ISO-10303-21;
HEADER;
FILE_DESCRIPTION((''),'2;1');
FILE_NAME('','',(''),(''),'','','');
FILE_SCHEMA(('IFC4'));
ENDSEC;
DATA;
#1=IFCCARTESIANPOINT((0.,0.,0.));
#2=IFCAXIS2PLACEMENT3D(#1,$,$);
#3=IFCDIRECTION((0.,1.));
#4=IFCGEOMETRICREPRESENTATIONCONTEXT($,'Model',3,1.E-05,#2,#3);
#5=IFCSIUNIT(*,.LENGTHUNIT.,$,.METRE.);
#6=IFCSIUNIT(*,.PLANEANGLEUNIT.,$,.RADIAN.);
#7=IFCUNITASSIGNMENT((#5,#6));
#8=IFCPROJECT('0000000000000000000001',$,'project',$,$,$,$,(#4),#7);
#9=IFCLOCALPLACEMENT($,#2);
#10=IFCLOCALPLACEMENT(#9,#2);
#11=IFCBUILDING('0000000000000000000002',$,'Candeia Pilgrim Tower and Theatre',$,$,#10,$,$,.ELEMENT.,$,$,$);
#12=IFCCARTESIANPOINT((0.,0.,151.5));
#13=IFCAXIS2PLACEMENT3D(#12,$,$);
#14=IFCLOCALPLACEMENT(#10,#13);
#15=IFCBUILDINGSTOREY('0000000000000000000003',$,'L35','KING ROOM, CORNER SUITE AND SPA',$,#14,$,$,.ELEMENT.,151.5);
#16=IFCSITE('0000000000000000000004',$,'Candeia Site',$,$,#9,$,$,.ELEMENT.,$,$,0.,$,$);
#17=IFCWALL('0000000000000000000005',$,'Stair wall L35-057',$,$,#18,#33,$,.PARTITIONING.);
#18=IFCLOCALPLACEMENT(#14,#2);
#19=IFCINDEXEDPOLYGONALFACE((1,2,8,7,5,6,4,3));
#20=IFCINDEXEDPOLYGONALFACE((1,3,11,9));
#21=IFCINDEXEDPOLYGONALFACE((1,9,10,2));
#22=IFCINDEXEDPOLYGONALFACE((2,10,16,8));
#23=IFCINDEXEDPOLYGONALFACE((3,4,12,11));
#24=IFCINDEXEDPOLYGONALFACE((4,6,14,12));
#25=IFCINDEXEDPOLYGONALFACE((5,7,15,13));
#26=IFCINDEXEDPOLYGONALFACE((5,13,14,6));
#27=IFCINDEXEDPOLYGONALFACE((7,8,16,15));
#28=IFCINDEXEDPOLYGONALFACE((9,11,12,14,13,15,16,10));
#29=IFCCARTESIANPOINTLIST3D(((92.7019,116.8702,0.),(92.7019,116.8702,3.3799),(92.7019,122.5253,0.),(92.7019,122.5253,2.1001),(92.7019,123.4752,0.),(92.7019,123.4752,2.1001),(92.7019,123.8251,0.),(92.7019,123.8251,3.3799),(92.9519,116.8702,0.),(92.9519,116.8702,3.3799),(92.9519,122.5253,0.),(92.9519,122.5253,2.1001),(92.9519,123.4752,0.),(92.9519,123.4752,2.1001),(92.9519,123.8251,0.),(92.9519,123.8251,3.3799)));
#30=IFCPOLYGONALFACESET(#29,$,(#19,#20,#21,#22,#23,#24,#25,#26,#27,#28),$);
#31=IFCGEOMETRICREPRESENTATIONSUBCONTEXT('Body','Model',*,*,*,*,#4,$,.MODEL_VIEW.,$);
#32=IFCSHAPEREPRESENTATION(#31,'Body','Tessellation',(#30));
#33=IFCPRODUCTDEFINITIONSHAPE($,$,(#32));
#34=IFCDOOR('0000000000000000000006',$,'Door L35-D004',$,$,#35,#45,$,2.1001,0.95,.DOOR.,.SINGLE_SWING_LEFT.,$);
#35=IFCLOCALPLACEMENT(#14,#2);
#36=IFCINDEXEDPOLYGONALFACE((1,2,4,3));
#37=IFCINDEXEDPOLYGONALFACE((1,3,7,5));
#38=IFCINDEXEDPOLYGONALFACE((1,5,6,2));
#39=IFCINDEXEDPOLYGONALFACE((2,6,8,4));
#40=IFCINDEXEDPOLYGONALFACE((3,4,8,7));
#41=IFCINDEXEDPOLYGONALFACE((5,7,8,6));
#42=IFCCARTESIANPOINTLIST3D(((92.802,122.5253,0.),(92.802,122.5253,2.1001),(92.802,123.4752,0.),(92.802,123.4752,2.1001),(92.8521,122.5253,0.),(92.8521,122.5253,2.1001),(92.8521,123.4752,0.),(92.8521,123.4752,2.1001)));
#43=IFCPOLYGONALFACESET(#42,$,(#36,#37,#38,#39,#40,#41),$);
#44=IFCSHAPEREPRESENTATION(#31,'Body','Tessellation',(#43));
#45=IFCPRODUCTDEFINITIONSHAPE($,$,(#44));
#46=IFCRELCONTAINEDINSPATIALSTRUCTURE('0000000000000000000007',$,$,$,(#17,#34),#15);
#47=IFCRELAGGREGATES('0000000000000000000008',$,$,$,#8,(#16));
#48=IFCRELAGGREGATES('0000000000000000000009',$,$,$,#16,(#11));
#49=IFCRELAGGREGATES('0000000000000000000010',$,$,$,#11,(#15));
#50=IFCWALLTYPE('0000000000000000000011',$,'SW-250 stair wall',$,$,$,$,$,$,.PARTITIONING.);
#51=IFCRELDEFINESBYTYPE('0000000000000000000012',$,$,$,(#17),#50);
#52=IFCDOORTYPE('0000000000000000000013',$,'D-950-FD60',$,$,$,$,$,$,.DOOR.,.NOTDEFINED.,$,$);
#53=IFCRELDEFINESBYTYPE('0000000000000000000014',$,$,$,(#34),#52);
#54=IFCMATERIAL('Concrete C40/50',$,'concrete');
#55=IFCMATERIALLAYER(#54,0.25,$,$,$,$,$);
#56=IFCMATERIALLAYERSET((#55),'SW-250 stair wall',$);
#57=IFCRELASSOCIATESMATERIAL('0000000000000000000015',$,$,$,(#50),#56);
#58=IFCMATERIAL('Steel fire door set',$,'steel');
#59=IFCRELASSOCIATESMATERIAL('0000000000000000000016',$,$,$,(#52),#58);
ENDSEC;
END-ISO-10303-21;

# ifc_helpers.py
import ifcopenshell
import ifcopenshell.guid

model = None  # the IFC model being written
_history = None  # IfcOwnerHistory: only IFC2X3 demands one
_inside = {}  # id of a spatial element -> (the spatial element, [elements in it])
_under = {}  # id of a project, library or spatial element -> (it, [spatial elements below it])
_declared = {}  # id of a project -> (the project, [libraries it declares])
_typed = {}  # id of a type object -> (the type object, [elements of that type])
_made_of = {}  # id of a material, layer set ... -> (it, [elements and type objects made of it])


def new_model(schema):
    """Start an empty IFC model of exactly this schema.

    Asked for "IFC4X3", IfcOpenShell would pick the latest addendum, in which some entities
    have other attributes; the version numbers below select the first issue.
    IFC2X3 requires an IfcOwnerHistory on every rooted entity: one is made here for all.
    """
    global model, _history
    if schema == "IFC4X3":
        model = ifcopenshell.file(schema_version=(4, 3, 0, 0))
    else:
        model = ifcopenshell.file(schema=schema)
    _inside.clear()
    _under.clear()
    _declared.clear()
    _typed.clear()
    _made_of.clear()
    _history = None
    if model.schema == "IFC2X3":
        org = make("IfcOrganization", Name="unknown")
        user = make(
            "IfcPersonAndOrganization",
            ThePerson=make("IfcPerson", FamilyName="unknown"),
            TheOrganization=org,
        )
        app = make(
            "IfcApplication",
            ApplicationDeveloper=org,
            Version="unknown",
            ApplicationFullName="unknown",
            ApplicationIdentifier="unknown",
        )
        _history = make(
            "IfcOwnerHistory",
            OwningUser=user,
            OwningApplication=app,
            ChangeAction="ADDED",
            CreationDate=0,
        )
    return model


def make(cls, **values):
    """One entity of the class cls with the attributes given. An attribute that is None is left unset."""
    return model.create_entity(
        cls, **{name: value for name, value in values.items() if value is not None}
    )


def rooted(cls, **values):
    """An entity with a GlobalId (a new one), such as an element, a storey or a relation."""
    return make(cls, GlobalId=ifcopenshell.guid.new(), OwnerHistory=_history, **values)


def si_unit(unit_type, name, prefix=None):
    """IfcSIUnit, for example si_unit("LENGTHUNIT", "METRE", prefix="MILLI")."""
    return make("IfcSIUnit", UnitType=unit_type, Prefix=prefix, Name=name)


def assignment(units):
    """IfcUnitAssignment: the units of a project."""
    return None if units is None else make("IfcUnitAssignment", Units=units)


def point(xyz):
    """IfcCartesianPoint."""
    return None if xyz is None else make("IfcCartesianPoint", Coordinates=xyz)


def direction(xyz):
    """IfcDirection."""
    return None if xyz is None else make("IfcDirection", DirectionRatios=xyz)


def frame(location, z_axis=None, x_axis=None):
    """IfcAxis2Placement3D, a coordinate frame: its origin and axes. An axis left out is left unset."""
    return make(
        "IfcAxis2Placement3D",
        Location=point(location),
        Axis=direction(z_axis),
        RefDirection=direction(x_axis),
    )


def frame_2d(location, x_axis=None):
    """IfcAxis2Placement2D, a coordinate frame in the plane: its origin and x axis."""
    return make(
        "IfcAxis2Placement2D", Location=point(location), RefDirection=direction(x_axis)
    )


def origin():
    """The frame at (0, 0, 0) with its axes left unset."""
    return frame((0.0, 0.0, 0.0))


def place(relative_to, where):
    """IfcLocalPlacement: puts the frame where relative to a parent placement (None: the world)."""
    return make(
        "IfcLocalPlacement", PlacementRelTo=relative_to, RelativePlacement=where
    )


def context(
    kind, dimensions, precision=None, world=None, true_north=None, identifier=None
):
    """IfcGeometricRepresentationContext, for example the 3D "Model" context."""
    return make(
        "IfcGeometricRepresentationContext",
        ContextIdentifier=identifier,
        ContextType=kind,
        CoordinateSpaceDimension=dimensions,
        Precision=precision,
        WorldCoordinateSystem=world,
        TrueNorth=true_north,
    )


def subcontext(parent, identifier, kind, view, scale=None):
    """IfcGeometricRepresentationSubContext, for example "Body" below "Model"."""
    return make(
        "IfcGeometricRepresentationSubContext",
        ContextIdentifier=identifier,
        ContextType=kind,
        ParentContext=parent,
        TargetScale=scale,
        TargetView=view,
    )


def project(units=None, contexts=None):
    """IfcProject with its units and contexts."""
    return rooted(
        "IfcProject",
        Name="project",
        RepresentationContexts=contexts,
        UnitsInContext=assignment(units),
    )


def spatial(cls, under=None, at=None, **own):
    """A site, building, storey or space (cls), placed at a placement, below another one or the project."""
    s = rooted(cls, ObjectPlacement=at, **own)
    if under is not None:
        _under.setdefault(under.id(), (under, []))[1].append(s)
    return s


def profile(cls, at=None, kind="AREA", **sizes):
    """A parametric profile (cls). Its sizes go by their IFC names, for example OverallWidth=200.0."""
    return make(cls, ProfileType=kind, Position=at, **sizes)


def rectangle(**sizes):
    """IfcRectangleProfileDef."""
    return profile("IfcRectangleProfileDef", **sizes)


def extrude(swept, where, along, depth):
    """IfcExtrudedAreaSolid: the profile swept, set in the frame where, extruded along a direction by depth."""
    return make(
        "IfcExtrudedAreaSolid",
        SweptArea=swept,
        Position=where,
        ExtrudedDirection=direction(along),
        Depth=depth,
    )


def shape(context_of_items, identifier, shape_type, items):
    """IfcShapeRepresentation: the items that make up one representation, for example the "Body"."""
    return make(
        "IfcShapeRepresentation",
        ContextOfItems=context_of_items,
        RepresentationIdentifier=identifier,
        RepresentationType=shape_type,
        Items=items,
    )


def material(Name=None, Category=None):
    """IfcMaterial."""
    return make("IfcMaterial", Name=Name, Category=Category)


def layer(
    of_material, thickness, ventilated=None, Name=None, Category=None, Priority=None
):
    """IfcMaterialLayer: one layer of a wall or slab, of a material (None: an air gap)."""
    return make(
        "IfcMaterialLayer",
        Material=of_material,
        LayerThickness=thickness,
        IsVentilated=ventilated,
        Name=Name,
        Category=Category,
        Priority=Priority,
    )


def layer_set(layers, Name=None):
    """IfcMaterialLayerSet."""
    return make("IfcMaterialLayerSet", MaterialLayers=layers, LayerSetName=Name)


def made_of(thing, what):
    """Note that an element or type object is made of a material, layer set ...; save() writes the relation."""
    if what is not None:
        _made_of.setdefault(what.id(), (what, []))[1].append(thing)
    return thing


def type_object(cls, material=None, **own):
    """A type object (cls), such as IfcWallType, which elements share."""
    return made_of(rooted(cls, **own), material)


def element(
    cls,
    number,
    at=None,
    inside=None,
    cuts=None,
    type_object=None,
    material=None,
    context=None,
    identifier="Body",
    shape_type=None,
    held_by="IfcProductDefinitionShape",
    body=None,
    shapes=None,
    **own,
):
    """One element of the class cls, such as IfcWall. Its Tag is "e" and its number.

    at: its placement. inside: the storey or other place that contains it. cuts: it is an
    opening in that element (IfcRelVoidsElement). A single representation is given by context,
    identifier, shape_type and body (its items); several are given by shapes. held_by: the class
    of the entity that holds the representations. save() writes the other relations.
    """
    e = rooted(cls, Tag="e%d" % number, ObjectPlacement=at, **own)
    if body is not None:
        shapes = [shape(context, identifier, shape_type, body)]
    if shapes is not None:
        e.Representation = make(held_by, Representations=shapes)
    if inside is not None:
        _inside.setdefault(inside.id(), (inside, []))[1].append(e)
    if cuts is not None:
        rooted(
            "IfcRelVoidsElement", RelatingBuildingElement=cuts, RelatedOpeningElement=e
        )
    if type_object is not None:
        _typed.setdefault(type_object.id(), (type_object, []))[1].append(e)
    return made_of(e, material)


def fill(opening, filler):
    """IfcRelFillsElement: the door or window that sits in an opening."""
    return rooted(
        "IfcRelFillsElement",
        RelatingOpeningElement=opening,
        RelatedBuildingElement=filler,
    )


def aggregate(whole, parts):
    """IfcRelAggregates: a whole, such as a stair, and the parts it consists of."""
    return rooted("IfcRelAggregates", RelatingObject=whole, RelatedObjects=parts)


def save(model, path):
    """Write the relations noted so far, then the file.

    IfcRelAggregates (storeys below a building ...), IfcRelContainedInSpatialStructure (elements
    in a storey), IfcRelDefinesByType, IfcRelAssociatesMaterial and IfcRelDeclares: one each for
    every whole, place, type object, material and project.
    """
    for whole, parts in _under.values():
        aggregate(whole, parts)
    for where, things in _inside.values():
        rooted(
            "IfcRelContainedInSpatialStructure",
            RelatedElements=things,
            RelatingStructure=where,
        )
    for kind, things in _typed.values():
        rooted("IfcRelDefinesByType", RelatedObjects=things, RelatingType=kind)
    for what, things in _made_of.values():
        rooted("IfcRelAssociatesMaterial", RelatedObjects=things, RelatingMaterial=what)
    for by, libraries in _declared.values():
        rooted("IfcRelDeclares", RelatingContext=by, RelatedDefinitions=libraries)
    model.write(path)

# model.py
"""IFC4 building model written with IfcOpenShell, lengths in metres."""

from ifc_helpers import new_model, si_unit, direction, frame, frame_2d, origin, place, context, subcontext, project, spatial, rectangle, extrude, material, layer, layer_set, type_object, element, fill, save


model = new_model("IFC4")

# Units and contexts
model_context = context("Model", 3, precision=1e-05, world=origin(), true_north=direction((0.0, 1.0)))
body_context = subcontext(model_context, "Body", "Model", "MODEL_VIEW")
ifc_project = project(units=[si_unit("LENGTHUNIT", "METRE"), si_unit("PLANEANGLEUNIT", "RADIAN")], contexts=[model_context])

# Site, building, storey
site_placement = place(None, origin())
site = spatial("IfcSite", under=ifc_project, at=site_placement, Name="Candeia Site", CompositionType="ELEMENT", RefElevation=0.0)
building_placement = place(site_placement, origin())
building = spatial("IfcBuilding", under=site, at=building_placement, Name="Candeia Pilgrim Tower and Theatre", CompositionType="ELEMENT")
storey_placement = place(building_placement, frame((0.0, 0.0, 151.5)))
storey = spatial("IfcBuildingStorey", under=building, at=storey_placement, Name="L35", Description="KING ROOM, CORNER SUITE AND SPA", CompositionType="ELEMENT", Elevation=151.5)

# Shared definitions
ifc_material_1 = material(Name="Concrete C40/50", Category="concrete")

# Shared definitions
ifc_material_2 = material(Name="Steel fire door set", Category="steel")

# Wall, opening, door
ifc_layer_1 = layer(ifc_material_1, 0.25)
ifc_layer_set_1 = layer_set([ifc_layer_1], Name="SW-250 stair wall")
wall_type_1 = type_object("IfcWallType", Name="SW-250 stair wall", PredefinedType="PARTITIONING", material=ifc_layer_set_1)
wall_1_placement = place(storey_placement, frame((92.8269, 116.8701, 0.0), z_axis=(0.0, 0.0, 1.0), x_axis=(0.0, 1.0, 0.0)))
wall_1 = element("IfcWall", 1, at=wall_1_placement, inside=storey, type_object=wall_type_1, Name="Stair wall L35-057", PredefinedType="PARTITIONING", context=body_context, shape_type="SweptSolid", body=[
    extrude(rectangle(XDim=6.9548, YDim=0.25, at=frame_2d((3.4775, 0.0))), origin(), (0.0, 0.0, 1.0), 3.3799),
])
opening_1_placement = place(wall_1_placement, frame((5.655, 0.0, 0.0)))
opening_1 = element("IfcOpeningElement", 2, at=opening_1_placement, cuts=wall_1, PredefinedType="OPENING", context=body_context, shape_type="SweptSolid", body=[
    extrude(rectangle(XDim=0.95, YDim=2.1001, at=frame_2d((0.4751, 1.05))), frame((0.0, 0.135, 0.0), z_axis=(0.0, -1.0, 0.0), x_axis=(1.0, 0.0, 0.0)), (0.0, 0.0, 1.0), 0.27),
])
door_type_1 = type_object("IfcDoorType", Name="D-950-FD60", OperationType="NOTDEFINED", PredefinedType="DOOR", material=ifc_material_2)
door_1_placement = place(opening_1_placement, origin())
door_1 = element("IfcDoor", 3, at=door_1_placement, inside=storey, type_object=door_type_1, Name="Door L35-D004", OperationType="SINGLE_SWING_LEFT", OverallHeight=2.1001, OverallWidth=0.95, PredefinedType="DOOR", context=body_context, shape_type="SweptSolid", body=[
    extrude(rectangle(XDim=0.95, YDim=2.1001, at=frame_2d((0.4751, 1.05))), frame((0.0, 0.0249, 0.0), z_axis=(0.0, -1.0, 0.0), x_axis=(1.0, 0.0, 0.0)), (0.0, 0.0, 1.0), 0.05),
])
fill(opening_1, door_1)

save(model, "model.ifc")
